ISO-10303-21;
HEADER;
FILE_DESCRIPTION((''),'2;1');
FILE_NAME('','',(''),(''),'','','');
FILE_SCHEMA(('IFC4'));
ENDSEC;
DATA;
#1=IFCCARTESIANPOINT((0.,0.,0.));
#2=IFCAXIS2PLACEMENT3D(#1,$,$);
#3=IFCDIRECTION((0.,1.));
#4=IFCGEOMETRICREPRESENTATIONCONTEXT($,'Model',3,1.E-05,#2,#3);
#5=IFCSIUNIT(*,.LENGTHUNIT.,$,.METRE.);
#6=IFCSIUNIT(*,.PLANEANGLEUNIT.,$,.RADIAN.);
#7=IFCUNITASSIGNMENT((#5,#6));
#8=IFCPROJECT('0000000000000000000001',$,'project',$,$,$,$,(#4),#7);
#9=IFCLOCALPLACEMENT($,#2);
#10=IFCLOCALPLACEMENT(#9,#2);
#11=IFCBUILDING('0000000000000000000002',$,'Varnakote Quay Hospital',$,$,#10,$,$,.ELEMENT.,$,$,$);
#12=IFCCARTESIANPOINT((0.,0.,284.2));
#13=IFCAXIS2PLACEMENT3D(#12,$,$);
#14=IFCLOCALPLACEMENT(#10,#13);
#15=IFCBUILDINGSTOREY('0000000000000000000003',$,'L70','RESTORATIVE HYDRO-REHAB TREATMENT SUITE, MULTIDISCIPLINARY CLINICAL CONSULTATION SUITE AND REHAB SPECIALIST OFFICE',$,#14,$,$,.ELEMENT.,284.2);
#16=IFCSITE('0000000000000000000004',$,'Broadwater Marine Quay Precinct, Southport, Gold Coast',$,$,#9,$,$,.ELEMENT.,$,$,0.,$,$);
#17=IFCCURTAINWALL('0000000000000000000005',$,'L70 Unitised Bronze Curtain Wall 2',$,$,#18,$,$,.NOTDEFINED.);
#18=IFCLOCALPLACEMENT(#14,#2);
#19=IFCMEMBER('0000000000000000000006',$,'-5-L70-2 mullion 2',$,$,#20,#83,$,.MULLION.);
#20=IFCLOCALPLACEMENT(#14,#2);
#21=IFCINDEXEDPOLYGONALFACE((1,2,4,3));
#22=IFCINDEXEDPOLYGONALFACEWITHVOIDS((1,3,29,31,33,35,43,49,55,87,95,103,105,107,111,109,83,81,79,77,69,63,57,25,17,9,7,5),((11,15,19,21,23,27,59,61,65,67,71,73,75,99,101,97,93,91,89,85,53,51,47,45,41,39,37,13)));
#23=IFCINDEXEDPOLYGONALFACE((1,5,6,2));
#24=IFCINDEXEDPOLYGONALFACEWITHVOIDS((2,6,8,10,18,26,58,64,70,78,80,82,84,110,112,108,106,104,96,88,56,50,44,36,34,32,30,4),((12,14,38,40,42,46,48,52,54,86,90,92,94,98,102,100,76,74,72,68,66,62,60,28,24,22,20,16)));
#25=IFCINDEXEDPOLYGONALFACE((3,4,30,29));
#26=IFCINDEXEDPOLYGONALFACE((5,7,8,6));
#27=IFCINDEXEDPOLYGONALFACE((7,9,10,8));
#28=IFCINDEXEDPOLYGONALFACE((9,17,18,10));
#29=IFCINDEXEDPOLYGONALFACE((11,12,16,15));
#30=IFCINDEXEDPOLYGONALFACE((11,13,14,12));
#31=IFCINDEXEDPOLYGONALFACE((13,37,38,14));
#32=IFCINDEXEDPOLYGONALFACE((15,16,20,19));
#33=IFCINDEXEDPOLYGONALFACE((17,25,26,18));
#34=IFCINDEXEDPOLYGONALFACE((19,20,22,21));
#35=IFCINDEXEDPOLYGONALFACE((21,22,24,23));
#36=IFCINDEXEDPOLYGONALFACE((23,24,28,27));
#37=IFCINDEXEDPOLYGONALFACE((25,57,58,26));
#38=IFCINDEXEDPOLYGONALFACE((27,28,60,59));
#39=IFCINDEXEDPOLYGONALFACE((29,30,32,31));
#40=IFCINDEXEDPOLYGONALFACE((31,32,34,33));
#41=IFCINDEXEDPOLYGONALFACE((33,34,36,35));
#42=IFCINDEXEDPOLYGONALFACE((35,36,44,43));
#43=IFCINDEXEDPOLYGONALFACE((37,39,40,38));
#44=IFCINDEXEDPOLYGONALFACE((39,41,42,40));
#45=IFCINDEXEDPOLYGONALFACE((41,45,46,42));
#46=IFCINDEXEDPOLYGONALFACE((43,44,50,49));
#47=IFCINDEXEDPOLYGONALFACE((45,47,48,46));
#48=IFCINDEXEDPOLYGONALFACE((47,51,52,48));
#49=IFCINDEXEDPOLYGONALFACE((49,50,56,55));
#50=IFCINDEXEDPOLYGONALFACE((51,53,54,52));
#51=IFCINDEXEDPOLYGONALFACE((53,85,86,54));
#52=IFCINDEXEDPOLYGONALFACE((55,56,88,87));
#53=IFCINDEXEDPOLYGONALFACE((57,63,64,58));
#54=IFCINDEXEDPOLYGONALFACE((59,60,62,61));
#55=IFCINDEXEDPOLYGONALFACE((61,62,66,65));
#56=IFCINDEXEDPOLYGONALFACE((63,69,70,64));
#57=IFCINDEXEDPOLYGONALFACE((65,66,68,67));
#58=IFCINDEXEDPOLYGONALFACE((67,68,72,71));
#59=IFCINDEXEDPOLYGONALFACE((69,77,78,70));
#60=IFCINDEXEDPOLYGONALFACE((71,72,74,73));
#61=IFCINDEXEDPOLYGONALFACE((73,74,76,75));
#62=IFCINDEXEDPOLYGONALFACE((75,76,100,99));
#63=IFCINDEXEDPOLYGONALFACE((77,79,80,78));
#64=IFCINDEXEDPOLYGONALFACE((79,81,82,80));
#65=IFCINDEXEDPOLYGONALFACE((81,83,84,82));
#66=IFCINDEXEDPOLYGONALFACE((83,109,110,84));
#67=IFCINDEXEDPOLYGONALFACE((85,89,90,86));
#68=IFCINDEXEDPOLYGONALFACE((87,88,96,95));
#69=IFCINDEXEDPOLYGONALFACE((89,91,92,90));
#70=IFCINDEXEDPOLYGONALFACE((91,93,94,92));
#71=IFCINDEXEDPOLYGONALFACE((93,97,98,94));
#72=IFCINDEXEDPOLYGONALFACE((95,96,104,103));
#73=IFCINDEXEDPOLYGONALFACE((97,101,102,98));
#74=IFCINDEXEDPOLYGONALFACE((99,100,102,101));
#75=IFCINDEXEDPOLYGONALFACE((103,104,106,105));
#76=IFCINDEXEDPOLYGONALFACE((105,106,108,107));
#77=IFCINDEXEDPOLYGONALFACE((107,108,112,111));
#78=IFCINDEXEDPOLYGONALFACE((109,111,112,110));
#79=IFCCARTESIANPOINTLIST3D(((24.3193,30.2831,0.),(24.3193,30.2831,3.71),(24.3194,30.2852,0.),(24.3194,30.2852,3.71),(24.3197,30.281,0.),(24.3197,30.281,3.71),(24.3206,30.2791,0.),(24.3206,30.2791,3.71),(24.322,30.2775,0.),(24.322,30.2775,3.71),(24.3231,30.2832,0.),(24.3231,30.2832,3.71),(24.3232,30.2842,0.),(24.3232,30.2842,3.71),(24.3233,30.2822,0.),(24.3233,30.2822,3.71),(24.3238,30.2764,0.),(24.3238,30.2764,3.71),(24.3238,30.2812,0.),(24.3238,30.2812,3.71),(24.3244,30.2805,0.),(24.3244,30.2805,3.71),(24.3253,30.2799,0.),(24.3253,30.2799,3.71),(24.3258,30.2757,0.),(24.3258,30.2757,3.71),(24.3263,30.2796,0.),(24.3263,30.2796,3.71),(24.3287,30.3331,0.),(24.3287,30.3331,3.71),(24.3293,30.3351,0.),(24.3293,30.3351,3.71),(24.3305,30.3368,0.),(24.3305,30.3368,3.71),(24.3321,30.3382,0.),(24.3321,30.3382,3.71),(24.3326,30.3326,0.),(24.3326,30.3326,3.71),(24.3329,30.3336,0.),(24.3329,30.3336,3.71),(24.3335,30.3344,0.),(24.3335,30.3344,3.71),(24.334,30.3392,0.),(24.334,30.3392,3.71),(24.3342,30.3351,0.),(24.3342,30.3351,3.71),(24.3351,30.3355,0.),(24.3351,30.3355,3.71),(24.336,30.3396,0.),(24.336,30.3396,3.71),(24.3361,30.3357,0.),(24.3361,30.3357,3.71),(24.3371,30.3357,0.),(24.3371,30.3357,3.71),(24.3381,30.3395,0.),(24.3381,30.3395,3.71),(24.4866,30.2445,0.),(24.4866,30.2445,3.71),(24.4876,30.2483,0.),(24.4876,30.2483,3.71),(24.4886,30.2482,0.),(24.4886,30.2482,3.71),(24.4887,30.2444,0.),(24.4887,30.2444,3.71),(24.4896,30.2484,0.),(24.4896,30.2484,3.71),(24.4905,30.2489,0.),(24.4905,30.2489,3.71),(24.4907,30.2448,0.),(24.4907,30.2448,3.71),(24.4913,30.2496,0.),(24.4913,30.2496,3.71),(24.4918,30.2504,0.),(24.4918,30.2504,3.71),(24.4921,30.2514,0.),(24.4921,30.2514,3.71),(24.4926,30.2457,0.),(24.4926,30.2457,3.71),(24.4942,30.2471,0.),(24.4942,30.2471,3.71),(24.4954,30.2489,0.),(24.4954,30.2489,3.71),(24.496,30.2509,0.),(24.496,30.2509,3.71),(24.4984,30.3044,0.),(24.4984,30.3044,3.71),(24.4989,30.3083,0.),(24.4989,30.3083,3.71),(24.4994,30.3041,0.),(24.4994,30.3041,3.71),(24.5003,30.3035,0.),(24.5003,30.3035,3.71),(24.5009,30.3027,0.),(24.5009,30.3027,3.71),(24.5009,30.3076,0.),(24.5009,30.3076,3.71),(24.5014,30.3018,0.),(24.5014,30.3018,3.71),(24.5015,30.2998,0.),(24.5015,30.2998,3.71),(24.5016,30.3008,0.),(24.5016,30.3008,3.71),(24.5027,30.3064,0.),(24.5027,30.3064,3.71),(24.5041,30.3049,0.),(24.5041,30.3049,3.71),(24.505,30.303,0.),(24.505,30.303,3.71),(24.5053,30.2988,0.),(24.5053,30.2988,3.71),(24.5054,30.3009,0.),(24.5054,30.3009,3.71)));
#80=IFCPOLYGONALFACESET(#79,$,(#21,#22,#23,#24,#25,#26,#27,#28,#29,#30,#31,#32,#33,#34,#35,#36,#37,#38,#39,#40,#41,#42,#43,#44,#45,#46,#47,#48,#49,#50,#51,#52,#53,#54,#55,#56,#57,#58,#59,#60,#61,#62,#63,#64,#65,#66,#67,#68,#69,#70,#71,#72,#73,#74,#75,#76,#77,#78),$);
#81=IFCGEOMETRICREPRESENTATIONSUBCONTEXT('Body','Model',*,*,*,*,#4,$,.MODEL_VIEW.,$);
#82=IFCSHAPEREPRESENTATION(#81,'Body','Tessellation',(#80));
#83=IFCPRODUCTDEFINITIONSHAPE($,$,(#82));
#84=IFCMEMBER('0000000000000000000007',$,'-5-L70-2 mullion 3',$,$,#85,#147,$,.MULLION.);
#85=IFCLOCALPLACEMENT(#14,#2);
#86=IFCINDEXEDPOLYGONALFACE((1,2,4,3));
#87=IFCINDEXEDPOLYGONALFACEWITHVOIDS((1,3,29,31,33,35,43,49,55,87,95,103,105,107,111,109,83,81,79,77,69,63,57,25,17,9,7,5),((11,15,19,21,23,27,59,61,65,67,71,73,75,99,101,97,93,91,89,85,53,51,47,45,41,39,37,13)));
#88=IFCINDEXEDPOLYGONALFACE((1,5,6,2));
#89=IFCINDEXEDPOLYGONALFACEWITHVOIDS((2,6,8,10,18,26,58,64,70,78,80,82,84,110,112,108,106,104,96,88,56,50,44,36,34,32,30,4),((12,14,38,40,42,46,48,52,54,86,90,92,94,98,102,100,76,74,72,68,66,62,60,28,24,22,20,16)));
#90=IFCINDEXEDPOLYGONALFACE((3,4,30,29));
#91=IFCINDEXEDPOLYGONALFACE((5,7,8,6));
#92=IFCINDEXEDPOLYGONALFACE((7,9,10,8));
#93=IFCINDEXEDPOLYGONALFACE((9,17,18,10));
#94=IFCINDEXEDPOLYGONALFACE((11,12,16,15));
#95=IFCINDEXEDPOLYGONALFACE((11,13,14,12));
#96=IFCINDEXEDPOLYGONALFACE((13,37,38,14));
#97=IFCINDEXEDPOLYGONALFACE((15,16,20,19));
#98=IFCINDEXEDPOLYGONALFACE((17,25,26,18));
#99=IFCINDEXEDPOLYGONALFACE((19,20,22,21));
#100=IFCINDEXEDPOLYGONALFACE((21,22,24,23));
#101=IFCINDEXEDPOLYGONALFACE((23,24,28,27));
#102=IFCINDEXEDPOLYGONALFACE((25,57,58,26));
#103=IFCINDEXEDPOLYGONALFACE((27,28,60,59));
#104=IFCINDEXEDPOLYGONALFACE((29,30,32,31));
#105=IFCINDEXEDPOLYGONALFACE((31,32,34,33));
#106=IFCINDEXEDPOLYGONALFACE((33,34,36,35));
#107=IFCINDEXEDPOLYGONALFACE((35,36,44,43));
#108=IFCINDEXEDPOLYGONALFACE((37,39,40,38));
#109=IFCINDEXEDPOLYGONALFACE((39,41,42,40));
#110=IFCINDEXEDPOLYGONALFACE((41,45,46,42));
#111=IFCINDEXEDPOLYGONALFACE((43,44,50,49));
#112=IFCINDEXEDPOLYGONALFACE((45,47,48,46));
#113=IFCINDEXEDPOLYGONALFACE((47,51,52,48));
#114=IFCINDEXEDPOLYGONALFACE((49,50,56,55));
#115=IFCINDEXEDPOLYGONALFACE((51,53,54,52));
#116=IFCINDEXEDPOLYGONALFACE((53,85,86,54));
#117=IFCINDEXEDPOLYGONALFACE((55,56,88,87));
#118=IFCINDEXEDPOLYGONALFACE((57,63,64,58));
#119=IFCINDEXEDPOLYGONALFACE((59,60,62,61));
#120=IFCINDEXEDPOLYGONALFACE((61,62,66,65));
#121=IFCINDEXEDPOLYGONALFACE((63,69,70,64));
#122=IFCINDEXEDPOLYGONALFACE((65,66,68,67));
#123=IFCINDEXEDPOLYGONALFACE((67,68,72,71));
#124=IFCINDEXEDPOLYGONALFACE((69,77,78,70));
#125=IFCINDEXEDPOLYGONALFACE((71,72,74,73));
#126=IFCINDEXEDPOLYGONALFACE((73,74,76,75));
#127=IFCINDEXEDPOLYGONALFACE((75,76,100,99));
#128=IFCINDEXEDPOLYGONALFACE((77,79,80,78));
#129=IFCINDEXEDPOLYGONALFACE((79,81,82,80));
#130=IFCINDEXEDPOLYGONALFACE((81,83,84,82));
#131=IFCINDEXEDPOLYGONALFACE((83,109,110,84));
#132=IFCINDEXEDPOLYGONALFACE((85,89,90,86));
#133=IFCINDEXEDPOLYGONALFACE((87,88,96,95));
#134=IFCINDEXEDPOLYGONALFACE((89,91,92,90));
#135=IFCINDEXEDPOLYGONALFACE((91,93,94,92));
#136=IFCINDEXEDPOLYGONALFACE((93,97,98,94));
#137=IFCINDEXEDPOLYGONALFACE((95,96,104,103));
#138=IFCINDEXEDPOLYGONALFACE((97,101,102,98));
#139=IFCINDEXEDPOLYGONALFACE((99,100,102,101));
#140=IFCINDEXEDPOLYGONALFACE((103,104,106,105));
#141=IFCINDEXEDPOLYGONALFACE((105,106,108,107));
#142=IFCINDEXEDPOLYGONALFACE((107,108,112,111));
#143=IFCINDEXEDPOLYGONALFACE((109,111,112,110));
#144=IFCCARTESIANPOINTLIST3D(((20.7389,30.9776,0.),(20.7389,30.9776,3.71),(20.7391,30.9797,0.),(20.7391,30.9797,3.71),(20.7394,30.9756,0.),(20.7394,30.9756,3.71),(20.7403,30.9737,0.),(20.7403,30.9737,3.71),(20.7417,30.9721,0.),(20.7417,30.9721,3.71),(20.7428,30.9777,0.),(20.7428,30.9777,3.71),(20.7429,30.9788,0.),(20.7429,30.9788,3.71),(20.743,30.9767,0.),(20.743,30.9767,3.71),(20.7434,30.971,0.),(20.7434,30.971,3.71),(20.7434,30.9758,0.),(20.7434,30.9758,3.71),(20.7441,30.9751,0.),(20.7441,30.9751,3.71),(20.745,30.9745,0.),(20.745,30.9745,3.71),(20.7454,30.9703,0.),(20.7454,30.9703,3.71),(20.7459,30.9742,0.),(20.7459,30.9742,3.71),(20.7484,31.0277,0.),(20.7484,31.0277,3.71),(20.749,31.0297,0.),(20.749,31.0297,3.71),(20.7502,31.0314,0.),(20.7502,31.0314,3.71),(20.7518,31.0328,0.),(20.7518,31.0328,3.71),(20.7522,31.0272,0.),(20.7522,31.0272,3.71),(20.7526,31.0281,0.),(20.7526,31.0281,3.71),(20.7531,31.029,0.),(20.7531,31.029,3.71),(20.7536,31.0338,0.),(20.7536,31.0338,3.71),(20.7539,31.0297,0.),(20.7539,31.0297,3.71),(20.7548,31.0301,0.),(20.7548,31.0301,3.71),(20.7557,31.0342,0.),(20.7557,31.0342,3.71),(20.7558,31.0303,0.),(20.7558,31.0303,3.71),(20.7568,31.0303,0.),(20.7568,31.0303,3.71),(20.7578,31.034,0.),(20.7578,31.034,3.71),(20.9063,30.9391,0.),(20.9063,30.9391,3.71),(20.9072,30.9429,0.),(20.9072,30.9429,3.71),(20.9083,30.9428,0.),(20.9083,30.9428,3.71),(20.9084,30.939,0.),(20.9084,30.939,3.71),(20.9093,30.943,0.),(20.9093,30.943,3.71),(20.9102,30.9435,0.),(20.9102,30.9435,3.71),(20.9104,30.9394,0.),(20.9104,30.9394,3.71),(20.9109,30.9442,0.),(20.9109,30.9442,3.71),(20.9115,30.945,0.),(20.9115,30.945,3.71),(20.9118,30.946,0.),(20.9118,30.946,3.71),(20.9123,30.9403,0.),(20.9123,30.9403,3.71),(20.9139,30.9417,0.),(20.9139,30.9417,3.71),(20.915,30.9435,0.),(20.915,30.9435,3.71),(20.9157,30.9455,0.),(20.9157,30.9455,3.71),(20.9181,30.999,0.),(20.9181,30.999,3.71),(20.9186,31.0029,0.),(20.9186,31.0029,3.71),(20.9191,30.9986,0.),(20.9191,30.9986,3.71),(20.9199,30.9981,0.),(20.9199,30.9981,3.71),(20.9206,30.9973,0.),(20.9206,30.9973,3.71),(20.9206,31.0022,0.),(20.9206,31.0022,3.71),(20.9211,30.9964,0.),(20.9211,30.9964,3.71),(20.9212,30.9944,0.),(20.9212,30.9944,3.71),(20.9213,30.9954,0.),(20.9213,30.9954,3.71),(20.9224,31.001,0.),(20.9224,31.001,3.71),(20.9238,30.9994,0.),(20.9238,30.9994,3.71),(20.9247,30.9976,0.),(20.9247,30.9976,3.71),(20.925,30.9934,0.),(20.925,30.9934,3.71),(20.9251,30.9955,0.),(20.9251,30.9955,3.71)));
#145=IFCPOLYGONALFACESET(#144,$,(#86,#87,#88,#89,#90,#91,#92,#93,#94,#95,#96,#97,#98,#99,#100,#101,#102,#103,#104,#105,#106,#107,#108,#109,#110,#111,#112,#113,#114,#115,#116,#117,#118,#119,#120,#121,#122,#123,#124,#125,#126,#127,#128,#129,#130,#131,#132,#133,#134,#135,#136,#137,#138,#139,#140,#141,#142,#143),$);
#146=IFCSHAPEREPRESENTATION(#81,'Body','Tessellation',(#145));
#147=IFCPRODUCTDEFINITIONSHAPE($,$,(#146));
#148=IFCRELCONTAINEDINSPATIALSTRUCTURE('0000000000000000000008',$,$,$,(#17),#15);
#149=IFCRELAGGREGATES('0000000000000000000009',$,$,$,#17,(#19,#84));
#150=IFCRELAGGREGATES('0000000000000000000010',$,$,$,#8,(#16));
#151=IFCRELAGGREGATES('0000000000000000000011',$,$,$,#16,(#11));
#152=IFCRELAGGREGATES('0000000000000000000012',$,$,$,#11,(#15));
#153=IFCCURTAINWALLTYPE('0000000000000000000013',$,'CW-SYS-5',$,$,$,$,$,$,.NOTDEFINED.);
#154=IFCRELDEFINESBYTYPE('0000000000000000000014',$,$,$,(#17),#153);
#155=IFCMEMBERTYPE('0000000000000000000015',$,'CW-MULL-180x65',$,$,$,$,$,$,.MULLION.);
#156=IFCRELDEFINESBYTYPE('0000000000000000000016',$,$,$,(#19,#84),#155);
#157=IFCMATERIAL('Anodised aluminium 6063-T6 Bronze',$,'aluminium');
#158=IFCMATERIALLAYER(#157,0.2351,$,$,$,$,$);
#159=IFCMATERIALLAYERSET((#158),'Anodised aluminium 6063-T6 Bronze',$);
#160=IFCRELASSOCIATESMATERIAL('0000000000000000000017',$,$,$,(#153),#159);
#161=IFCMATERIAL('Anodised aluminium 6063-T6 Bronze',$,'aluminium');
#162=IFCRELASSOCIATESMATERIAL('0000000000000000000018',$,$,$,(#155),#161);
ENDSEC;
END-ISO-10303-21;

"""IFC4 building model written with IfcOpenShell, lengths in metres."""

from ifc_helpers import new_model, si_unit, direction, frame, origin, origin_2d, place, context, subcontext, project, spatial, hollow_rectangle, extrude, material, layer, layer_set, material_profile, profile_set, type_object, element, aggregate, save


model = new_model("IFC4")

# Units and contexts
model_context = context("Model", 3, precision=1e-05, world=origin(), true_north=direction((0.0, 1.0)))
body_context = subcontext(model_context, "Body", "Model", "MODEL_VIEW")
ifc_project = project(units=[si_unit("LENGTHUNIT", "METRE"), si_unit("PLANEANGLEUNIT", "RADIAN")], contexts=[model_context])

# Site, building, storey
site_placement = place(None, origin())
site = spatial("IfcSite", under=ifc_project, at=site_placement, Name="Broadwater Marine Quay Precinct, Southport, Gold Coast", CompositionType="ELEMENT", RefElevation=0.0)
building_placement = place(site_placement, origin())
building = spatial("IfcBuilding", under=site, at=building_placement, Name="Varnakote Quay Hospital", CompositionType="ELEMENT")
storey_placement = place(building_placement, frame((0.0, 0.0, 284.2)))
storey = spatial("IfcBuildingStorey", under=building, at=storey_placement, Name="L70", Description="RESTORATIVE HYDRO-REHAB TREATMENT SUITE, MULTIDISCIPLINARY CLINICAL CONSULTATION SUITE AND REHAB SPECIALIST OFFICE", CompositionType="ELEMENT", Elevation=284.2)

# Shared definitions
ifc_material_1 = material(Name="Anodised aluminium 6063-T6 Bronze", Category="aluminium")
ifc_layer_1 = layer(ifc_material_1, 0.2351)
ifc_layer_set_1 = layer_set([ifc_layer_1], Name="Anodised aluminium 6063-T6 Bronze")
curtain_wall_type = type_object("IfcCurtainWallType", Name="CW-SYS-5", PredefinedType="NOTDEFINED", material=ifc_layer_set_1)
ifc_material_2 = material(Name="Anodised aluminium 6063-T6 Bronze", Category="aluminium")
ifc_material_profile_1 = material_profile(ifc_material_2, hollow_rectangle(XDim=0.0649, YDim=0.1799, WallThickness=0.0039, InnerFilletRadius=0.0039, OuterFilletRadius=0.0081, at=origin_2d()), Name="CW-MULL-180x65")
ifc_profile_set_1 = profile_set([ifc_material_profile_1], Name="Anodised aluminium 6063-T6 Bronze")
member_type_1 = type_object("IfcMemberType", Name="CW-MULL-180x65", PredefinedType="MULLION", material=ifc_profile_set_1)

# Curtain wall, members
curtain_wall_1_placement = place(storey_placement, origin())
curtain_wall_1 = element("IfcCurtainWall", 1, at=curtain_wall_1_placement, inside=storey, type_object=curtain_wall_type, Name="L70 Unitised Bronze Curtain Wall 2", PredefinedType="NOTDEFINED")
member_1_placement = place(storey_placement, frame((24.4124, 30.292, 0.0), z_axis=(0.0, 0.0, 1.0), x_axis=(-0.190434, -0.9817, 0.0)))
member_1 = element("IfcMember", 2, at=member_1_placement, type_object=member_type_1, Name="-5-L70-2 mullion 2", PredefinedType="MULLION", context=body_context, shape_type="SweptSolid", body=[
    extrude(hollow_rectangle(XDim=0.0649, YDim=0.1799, WallThickness=0.0039, InnerFilletRadius=0.0039, OuterFilletRadius=0.0081, at=origin_2d()), origin(), (0.0, 0.0, 1.0), 3.71),
])
member_2_placement = place(storey_placement, frame((20.832, 30.9866, 0.0), z_axis=(0.0, 0.0, 1.0), x_axis=(-0.190434, -0.9817, 0.0)))
member_2 = element("IfcMember", 3, at=member_2_placement, type_object=member_type_1, Name="-5-L70-2 mullion 3", PredefinedType="MULLION", context=body_context, shape_type="SweptSolid", body=[
    extrude(hollow_rectangle(XDim=0.0649, YDim=0.1799, WallThickness=0.0039, InnerFilletRadius=0.0039, OuterFilletRadius=0.0081, at=origin_2d()), origin(), (0.0, 0.0, 1.0), 3.71),
])

aggregate(curtain_wall_1, [member_1, member_2])

save(model, "model.ifc")
